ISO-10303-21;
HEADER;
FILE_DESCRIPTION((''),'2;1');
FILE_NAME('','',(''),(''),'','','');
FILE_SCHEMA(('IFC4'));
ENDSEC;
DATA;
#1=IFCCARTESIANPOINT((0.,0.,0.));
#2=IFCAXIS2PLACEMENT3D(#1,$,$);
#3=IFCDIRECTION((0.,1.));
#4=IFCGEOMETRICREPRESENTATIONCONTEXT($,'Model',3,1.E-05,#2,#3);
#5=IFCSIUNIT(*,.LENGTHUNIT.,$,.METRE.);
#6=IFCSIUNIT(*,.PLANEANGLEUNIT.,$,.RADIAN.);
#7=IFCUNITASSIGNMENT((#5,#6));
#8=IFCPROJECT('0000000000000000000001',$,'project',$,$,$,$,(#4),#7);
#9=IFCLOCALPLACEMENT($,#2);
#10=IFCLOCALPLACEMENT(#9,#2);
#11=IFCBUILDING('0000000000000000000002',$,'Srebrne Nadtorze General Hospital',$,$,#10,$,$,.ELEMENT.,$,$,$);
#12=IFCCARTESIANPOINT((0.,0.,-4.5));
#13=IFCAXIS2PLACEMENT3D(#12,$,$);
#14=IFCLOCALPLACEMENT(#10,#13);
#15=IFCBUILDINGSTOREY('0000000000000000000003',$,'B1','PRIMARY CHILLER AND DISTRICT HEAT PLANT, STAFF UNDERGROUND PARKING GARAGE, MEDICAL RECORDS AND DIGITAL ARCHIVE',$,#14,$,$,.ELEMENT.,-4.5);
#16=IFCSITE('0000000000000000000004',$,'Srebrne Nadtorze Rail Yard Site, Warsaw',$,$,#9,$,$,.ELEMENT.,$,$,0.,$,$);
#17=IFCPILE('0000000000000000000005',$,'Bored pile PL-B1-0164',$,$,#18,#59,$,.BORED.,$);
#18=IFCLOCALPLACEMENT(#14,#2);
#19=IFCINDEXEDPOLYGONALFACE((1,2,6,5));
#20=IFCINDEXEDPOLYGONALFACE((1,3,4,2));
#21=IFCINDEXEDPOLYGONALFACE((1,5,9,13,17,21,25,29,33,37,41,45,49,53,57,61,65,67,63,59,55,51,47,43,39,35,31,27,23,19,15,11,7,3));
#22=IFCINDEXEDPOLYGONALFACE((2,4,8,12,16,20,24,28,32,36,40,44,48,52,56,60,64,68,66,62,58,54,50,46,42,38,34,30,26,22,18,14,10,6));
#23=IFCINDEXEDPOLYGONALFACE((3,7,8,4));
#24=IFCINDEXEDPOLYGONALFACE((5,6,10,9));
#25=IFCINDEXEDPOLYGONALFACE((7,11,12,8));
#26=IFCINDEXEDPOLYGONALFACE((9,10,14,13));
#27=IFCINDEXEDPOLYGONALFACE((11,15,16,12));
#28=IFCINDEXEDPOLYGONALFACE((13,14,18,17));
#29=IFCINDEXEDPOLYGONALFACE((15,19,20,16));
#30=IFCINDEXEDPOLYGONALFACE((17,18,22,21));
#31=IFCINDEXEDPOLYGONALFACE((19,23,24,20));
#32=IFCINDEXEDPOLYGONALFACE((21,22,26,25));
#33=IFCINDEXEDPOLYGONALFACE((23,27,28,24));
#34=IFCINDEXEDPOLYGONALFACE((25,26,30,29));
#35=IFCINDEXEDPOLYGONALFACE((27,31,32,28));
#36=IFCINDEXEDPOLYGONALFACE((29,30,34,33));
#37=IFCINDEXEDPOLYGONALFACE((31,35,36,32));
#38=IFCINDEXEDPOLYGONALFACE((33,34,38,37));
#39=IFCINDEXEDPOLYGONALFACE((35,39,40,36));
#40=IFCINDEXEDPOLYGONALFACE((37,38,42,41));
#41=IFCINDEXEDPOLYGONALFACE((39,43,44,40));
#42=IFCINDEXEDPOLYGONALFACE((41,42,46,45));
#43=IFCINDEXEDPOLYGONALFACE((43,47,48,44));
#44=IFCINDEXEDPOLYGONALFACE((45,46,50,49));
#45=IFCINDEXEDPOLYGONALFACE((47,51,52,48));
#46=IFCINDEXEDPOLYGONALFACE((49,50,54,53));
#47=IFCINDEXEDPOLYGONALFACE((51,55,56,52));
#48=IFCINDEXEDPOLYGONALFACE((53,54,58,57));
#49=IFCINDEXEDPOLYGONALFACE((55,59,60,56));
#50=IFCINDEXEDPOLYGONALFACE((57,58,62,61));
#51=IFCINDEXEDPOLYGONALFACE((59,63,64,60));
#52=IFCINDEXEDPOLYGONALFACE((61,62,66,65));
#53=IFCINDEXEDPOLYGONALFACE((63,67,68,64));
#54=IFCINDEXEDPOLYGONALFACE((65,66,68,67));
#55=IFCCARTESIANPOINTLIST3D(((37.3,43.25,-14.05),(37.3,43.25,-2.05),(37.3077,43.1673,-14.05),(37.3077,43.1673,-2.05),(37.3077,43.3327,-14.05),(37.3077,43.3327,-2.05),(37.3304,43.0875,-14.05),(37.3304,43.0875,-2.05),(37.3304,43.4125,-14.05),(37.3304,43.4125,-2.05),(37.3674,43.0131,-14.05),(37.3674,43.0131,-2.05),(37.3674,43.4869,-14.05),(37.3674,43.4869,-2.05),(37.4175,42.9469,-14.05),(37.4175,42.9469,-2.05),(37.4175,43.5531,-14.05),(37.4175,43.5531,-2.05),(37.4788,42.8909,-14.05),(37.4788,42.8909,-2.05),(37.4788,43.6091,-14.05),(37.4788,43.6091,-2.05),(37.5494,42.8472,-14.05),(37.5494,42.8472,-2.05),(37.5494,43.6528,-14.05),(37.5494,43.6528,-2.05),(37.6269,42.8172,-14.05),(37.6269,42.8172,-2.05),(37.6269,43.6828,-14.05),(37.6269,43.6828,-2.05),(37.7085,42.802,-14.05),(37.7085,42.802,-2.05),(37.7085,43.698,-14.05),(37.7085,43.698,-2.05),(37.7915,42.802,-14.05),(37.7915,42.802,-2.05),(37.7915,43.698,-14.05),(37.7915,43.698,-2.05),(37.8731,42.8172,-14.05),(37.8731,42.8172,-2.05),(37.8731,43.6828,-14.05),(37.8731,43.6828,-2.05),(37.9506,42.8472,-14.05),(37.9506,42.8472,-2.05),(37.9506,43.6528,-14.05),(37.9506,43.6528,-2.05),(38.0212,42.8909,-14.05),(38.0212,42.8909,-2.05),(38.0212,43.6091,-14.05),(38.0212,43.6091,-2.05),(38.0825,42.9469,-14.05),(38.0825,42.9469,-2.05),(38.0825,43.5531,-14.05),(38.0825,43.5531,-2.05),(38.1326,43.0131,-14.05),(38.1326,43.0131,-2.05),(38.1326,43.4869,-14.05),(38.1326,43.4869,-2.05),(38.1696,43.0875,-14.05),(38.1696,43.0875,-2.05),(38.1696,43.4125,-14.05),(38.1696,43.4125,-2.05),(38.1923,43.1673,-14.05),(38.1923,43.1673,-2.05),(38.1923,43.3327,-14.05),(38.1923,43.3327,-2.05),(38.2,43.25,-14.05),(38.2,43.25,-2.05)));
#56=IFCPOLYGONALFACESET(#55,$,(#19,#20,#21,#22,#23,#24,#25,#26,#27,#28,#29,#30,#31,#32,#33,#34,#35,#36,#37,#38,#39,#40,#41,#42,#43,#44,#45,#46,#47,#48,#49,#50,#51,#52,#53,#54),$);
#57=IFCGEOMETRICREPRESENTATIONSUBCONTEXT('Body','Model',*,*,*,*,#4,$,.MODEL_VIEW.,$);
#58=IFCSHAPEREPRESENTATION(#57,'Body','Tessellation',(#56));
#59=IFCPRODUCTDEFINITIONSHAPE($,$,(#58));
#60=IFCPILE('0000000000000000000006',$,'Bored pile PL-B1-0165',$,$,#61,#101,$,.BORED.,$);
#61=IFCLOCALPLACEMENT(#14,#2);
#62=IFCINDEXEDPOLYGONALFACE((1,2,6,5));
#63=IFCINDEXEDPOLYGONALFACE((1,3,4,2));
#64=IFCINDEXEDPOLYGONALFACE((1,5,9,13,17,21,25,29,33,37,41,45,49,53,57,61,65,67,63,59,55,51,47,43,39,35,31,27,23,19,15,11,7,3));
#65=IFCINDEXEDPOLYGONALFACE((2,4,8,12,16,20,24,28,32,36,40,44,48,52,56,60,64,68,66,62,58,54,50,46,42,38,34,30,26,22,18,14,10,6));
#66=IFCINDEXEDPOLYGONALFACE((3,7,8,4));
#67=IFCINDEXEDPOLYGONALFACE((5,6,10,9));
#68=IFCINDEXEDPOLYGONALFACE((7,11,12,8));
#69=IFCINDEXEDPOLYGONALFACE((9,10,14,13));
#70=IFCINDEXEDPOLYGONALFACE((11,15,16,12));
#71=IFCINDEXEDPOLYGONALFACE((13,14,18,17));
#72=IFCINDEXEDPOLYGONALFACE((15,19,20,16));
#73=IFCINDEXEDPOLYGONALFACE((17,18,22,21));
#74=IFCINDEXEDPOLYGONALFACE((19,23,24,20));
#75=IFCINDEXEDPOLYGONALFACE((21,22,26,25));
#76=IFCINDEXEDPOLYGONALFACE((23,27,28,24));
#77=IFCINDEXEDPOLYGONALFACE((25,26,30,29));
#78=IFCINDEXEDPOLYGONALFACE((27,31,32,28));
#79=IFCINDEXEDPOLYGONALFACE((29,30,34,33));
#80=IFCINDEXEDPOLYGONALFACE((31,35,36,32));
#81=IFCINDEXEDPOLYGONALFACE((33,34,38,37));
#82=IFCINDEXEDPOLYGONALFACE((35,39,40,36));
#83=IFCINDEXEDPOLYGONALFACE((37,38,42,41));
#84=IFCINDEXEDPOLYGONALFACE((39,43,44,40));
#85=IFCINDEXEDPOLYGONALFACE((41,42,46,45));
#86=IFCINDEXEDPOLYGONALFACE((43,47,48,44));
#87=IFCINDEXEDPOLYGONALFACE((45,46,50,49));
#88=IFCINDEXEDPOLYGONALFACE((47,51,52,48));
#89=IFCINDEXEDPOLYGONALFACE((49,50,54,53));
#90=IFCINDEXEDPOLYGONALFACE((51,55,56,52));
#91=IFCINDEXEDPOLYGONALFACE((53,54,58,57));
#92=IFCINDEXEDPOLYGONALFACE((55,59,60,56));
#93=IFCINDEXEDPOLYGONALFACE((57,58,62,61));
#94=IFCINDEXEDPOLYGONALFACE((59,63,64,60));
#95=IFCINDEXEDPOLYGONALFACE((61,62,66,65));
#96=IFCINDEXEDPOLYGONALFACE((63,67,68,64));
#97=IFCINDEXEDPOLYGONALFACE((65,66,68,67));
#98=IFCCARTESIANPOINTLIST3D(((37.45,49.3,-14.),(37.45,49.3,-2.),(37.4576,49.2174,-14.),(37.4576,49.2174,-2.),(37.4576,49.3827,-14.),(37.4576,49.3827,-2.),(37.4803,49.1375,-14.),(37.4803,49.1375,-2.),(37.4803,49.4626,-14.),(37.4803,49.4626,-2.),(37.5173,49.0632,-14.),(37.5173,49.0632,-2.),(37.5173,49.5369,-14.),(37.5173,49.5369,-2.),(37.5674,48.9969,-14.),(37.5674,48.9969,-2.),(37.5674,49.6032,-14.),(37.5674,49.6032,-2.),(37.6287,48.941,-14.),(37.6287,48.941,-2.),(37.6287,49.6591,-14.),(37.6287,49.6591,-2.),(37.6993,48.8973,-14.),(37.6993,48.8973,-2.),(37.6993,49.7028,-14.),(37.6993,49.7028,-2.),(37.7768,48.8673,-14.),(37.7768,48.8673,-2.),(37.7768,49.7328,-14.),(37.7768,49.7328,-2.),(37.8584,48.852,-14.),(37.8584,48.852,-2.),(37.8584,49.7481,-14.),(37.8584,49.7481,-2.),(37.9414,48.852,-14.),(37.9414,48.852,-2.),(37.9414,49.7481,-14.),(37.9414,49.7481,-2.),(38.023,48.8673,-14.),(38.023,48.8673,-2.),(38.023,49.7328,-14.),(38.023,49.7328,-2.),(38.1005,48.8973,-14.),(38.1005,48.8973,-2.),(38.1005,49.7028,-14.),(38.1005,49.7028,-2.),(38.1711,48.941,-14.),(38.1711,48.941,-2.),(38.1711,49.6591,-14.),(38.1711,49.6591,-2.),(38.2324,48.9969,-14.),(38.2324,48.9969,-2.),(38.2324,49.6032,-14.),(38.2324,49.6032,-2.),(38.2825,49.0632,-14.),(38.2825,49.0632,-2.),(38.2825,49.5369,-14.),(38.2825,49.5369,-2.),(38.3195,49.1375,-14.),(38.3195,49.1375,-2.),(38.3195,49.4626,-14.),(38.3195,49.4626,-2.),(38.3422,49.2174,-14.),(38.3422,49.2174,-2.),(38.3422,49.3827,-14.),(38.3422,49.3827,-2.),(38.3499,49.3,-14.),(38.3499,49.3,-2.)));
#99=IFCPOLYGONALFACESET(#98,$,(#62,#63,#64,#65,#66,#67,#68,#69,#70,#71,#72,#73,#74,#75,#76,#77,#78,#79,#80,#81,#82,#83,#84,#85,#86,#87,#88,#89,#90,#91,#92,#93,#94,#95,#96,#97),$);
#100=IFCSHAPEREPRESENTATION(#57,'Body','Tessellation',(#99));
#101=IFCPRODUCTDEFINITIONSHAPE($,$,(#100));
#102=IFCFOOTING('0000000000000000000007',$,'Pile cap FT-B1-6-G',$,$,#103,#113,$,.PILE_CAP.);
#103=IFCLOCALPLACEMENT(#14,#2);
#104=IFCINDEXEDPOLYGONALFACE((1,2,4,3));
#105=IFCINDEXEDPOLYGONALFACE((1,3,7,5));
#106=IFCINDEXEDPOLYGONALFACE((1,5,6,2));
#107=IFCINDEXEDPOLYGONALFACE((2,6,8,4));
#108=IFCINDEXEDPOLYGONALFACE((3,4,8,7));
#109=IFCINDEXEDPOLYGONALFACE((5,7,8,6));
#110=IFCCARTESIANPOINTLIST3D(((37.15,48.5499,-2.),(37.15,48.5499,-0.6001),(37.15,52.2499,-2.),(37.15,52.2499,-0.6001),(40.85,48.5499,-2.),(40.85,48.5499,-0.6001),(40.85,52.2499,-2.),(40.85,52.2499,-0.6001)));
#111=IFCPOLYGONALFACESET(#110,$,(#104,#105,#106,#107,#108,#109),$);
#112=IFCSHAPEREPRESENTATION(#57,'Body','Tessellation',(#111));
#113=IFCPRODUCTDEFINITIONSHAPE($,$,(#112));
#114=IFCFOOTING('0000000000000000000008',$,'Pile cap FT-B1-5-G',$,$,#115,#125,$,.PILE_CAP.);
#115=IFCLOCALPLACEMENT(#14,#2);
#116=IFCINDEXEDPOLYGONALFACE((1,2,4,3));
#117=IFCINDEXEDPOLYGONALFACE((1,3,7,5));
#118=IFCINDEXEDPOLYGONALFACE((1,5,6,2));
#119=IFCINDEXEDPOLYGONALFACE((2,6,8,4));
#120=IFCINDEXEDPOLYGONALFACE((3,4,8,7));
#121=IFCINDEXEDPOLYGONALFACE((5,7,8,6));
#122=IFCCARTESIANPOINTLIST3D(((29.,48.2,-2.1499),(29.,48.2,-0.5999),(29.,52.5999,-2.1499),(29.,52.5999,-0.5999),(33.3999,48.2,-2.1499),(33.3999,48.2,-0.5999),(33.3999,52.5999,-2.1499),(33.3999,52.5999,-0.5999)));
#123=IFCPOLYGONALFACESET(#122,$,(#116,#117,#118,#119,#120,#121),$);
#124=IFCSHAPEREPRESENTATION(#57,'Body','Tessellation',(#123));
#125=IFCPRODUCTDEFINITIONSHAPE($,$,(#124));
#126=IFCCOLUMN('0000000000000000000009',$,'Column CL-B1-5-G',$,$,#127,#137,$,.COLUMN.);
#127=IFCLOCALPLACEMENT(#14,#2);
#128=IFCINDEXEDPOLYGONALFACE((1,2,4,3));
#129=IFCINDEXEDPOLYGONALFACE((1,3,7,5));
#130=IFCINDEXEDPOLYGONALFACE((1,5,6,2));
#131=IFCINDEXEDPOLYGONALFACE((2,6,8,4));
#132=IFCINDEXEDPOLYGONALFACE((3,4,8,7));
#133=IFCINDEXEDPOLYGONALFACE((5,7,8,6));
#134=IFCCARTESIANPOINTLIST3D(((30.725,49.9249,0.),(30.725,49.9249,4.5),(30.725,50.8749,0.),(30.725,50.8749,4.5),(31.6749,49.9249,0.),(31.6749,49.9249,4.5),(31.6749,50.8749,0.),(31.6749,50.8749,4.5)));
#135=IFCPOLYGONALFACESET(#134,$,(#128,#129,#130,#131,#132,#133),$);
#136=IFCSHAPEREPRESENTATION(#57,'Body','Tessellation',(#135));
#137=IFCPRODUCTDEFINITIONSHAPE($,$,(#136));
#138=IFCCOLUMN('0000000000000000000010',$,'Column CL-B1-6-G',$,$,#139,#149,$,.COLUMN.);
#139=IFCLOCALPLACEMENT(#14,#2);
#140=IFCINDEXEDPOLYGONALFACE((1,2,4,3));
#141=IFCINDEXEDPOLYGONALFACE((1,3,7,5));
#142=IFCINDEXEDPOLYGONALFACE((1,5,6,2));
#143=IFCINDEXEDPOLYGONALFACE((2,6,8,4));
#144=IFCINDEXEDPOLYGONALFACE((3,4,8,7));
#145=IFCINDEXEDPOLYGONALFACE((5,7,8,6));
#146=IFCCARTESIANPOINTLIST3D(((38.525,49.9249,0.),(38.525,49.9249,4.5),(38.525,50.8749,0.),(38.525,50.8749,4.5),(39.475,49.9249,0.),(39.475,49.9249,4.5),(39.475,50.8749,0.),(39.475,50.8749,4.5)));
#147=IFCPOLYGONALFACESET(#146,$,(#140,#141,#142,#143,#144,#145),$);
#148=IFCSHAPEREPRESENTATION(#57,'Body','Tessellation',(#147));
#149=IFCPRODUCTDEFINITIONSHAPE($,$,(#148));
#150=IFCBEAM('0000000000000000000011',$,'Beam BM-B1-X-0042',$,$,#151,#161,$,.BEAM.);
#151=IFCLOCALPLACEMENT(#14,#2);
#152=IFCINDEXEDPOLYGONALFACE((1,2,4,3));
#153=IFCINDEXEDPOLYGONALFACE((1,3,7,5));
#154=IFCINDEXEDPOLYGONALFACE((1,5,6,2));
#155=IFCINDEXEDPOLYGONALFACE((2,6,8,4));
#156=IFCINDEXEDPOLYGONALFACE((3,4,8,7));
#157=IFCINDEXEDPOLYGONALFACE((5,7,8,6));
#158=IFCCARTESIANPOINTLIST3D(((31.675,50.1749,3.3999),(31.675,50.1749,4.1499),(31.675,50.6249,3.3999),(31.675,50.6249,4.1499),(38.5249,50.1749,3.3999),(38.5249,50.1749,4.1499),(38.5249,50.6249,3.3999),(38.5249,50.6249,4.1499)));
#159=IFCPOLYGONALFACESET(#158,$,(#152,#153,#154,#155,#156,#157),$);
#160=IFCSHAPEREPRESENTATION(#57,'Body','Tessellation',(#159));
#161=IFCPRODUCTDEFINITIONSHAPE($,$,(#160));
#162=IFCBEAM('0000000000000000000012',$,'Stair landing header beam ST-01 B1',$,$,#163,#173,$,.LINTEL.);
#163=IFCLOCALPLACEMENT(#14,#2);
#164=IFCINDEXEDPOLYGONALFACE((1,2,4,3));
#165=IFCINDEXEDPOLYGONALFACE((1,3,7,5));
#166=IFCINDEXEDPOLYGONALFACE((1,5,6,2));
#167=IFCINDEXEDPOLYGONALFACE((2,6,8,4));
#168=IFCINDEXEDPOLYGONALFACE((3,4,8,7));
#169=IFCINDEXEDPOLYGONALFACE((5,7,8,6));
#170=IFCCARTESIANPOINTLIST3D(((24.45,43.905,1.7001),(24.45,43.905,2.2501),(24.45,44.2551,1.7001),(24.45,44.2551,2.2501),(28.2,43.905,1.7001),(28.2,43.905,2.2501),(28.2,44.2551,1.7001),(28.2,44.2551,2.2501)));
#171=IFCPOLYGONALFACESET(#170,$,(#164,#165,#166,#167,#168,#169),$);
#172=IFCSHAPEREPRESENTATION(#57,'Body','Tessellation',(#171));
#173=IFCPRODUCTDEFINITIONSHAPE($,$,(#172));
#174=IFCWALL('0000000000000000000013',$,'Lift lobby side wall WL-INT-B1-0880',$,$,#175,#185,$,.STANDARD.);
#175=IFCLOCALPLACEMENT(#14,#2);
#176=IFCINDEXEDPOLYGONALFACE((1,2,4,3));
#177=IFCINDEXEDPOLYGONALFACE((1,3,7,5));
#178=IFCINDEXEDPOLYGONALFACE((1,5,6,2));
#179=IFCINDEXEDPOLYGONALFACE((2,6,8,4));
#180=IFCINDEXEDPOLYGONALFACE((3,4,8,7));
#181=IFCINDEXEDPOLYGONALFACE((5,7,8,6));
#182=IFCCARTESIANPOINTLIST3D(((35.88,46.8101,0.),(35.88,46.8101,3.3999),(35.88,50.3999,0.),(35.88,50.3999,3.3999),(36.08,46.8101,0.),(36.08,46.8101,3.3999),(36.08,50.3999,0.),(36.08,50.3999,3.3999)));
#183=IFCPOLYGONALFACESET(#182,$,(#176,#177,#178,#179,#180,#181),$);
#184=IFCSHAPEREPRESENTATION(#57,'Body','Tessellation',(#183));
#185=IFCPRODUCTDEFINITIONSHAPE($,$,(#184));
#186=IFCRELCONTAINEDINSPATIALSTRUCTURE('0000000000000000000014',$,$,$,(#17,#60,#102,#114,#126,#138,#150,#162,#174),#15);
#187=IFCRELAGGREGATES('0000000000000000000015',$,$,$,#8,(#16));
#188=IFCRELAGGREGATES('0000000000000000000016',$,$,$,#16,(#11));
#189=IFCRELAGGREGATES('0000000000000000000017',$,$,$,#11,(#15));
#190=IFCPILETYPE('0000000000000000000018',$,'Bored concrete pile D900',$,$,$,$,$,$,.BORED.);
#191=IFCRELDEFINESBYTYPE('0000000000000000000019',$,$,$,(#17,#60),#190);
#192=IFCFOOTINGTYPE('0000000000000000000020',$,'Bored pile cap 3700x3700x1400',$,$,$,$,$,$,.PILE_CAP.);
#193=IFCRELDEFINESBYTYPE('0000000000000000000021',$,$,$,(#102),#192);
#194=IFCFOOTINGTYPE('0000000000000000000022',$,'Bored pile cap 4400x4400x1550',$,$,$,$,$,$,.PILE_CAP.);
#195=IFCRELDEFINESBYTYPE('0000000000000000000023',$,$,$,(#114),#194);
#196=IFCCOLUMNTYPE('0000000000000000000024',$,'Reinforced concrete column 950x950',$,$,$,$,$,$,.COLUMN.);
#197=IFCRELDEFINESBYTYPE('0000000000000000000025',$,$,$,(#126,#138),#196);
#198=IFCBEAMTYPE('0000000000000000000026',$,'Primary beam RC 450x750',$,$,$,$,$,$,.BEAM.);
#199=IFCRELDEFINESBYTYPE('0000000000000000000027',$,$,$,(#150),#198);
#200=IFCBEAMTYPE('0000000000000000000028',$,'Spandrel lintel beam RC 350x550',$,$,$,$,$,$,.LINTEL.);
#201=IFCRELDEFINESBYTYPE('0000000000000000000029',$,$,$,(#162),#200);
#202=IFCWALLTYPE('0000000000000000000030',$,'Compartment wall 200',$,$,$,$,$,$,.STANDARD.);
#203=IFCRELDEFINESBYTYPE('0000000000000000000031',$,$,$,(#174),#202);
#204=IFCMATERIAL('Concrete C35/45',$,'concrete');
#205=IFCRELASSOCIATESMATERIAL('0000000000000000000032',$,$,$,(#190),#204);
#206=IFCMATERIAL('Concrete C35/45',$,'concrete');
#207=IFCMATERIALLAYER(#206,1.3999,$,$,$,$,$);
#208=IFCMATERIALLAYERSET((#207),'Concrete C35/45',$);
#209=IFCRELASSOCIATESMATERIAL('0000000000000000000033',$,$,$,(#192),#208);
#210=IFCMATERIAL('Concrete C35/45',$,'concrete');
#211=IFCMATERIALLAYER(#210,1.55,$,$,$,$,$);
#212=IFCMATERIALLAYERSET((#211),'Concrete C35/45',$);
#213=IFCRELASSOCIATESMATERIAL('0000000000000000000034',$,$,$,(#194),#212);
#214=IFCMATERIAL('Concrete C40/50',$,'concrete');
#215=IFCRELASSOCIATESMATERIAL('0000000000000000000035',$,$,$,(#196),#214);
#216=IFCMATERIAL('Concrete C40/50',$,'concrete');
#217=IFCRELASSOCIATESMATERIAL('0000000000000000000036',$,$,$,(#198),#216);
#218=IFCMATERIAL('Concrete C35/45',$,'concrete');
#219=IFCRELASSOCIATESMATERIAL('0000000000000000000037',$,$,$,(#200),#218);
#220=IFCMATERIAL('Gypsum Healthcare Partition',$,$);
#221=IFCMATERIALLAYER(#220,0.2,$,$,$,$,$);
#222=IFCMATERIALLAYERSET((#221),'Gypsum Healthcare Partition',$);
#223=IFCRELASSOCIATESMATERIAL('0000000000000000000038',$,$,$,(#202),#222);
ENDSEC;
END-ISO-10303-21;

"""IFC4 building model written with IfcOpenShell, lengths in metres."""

from ifc_helpers import new_model, si_unit, direction, frame, frame_2d, origin, origin_2d, place, context, subcontext, project, spatial, rectangle, circle, extrude, material, layer, layer_set, material_profile, profile_set, type_object, element, save


model = new_model("IFC4")

# Units and contexts
model_context = context("Model", 3, precision=1e-05, world=origin(), true_north=direction((0.0, 1.0)))
body_context = subcontext(model_context, "Body", "Model", "MODEL_VIEW")
ifc_project = project(units=[si_unit("LENGTHUNIT", "METRE"), si_unit("PLANEANGLEUNIT", "RADIAN")], contexts=[model_context])

# Site, building, storey
site_placement = place(None, origin())
site = spatial("IfcSite", under=ifc_project, at=site_placement, Name="Srebrne Nadtorze Rail Yard Site, Warsaw", CompositionType="ELEMENT", RefElevation=0.0)
building_placement = place(site_placement, origin())
building = spatial("IfcBuilding", under=site, at=building_placement, Name="Srebrne Nadtorze General Hospital", CompositionType="ELEMENT")
storey_placement = place(building_placement, frame((0.0, 0.0, -4.5)))
storey = spatial("IfcBuildingStorey", under=building, at=storey_placement, Name="B1", Description="PRIMARY CHILLER AND DISTRICT HEAT PLANT, STAFF UNDERGROUND PARKING GARAGE, MEDICAL RECORDS AND DIGITAL ARCHIVE", CompositionType="ELEMENT", Elevation=-4.5)

# Piles
ifc_material_1 = material(Name="Concrete C35/45", Category="concrete")
ifc_material_profile_1 = material_profile(ifc_material_1, circle(Radius=0.45, at=origin_2d()), Name="PILE-D900")
ifc_profile_set_1 = profile_set([ifc_material_profile_1], Name="Concrete C35/45")
pile_type_1 = type_object("IfcPileType", Name="Bored concrete pile D900", PredefinedType="BORED", material=ifc_profile_set_1)
for number, where, z_axis, x_axis, name in (
    (1, (37.75, 43.25, -2.05), (0.0, 0.0, -1.0), (1.0, 0.0, 0.0), "Bored pile PL-B1-0164"),
    (2, (37.8999, 49.3, -2.0), (0.0, 0.0, -1.0), (1.0, 0.0, 0.0), "Bored pile PL-B1-0165"),
):
    element("IfcPile", number, at=place(storey_placement, frame(where, z_axis=z_axis, x_axis=x_axis)), inside=storey, type_object=pile_type_1, Name=name, PredefinedType="BORED", context=body_context, shape_type="SweptSolid", body=[
        extrude(circle(Radius=0.45, at=origin_2d()), origin(), (0.0, 0.0, 1.0), 12.0),
    ])

# Footings
ifc_material_2 = material(Name="Concrete C35/45", Category="concrete")
ifc_layer_1 = layer(ifc_material_2, 1.3999)
ifc_layer_set_1 = layer_set([ifc_layer_1], Name="Concrete C35/45")
footing_type_1 = type_object("IfcFootingType", Name="Bored pile cap 3700x3700x1400", PredefinedType="PILE_CAP", material=ifc_layer_set_1)
footing_1_placement = place(storey_placement, frame((39.0, 50.3999, -2.0), z_axis=(0.0, 0.0, 1.0), x_axis=(1.0, 0.0, 0.0)))
element("IfcFooting", 3, at=footing_1_placement, inside=storey, type_object=footing_type_1, Name="Pile cap FT-B1-6-G", PredefinedType="PILE_CAP", context=body_context, shape_type="SweptSolid", body=[
    extrude(rectangle(XDim=3.7, YDim=3.7, at=origin_2d()), origin(), (0.0, 0.0, 1.0), 1.3999),
])
ifc_material_3 = material(Name="Concrete C35/45", Category="concrete")
ifc_layer_2 = layer(ifc_material_3, 1.55)
ifc_layer_set_2 = layer_set([ifc_layer_2], Name="Concrete C35/45")
footing_type_2 = type_object("IfcFootingType", Name="Bored pile cap 4400x4400x1550", PredefinedType="PILE_CAP", material=ifc_layer_set_2)
footing_2_placement = place(storey_placement, frame((31.2, 50.3999, -2.1499), z_axis=(0.0, 0.0, 1.0), x_axis=(1.0, 0.0, 0.0)))
element("IfcFooting", 4, at=footing_2_placement, inside=storey, type_object=footing_type_2, Name="Pile cap FT-B1-5-G", PredefinedType="PILE_CAP", context=body_context, shape_type="SweptSolid", body=[
    extrude(rectangle(XDim=4.3999, YDim=4.3999, at=origin_2d()), origin(), (0.0, 0.0, 1.0), 1.55),
])

# Columns
ifc_material_4 = material(Name="Concrete C40/50", Category="concrete")
ifc_material_profile_2 = material_profile(ifc_material_4, rectangle(XDim=0.95, YDim=0.95, at=origin_2d()), Name="RC-COL-950x950")
ifc_profile_set_2 = profile_set([ifc_material_profile_2], Name="Concrete C40/50")
column_type = type_object("IfcColumnType", Name="Reinforced concrete column 950x950", PredefinedType="COLUMN", material=ifc_profile_set_2)
for number, where, z_axis, x_axis, name in (
    (5, (31.2, 50.3999, 0.0), (0.0, 0.0, 1.0), (1.0, 0.0, 0.0), "Column CL-B1-5-G"),
    (6, (39.0, 50.3999, 0.0), (0.0, 0.0, 1.0), (1.0, 0.0, 0.0), "Column CL-B1-6-G"),
):
    element("IfcColumn", number, at=place(storey_placement, frame(where, z_axis=z_axis, x_axis=x_axis)), inside=storey, type_object=column_type, Name=name, PredefinedType="COLUMN", context=body_context, shape_type="SweptSolid", body=[
        extrude(rectangle(XDim=0.95, YDim=0.95, at=origin_2d()), origin(), (0.0, 0.0, 1.0), 4.5),
    ])

# Beams
ifc_material_5 = material(Name="Concrete C40/50", Category="concrete")
ifc_material_profile_3 = material_profile(ifc_material_5, rectangle(XDim=0.45, YDim=0.75, at=origin_2d()), Name="RC-BM-450x750")
ifc_profile_set_3 = profile_set([ifc_material_profile_3], Name="Concrete C40/50")
beam_type_1 = type_object("IfcBeamType", Name="Primary beam RC 450x750", PredefinedType="BEAM", material=ifc_profile_set_3)
beam_1_placement = place(storey_placement, frame((31.675, 50.3999, 3.7749), z_axis=(1.0, 0.0, 0.0), x_axis=(0.0, 1.0, 0.0)))
element("IfcBeam", 7, at=beam_1_placement, inside=storey, type_object=beam_type_1, Name="Beam BM-B1-X-0042", PredefinedType="BEAM", context=body_context, shape_type="SweptSolid", body=[
    extrude(rectangle(XDim=0.45, YDim=0.75, at=origin_2d()), origin(), (0.0, 0.0, 1.0), 6.8499),
])
ifc_material_6 = material(Name="Concrete C35/45", Category="concrete")
ifc_material_profile_4 = material_profile(ifc_material_6, rectangle(XDim=0.3501, YDim=0.55, at=origin_2d()), Name="RC-BM-350x550")
ifc_profile_set_4 = profile_set([ifc_material_profile_4], Name="Concrete C35/45")
beam_type_2 = type_object("IfcBeamType", Name="Spandrel lintel beam RC 350x550", PredefinedType="LINTEL", material=ifc_profile_set_4)
beam_2_placement = place(storey_placement, frame((24.45, 44.0801, 1.9751), z_axis=(1.0, 0.0, 0.0), x_axis=(0.0, 1.0, 0.0)))
element("IfcBeam", 8, at=beam_2_placement, inside=storey, type_object=beam_type_2, Name="Stair landing header beam ST-01 B1", PredefinedType="LINTEL", context=body_context, shape_type="SweptSolid", body=[
    extrude(rectangle(XDim=0.3501, YDim=0.55, at=origin_2d()), origin(), (0.0, 0.0, 1.0), 3.75),
])

# Wall
ifc_material_7 = material(Name="Gypsum Healthcare Partition")
ifc_layer_3 = layer(ifc_material_7, 0.2)
ifc_layer_set_3 = layer_set([ifc_layer_3], Name="Gypsum Healthcare Partition")
wall_type_1 = type_object("IfcWallType", Name="Compartment wall 200", PredefinedType="STANDARD", material=ifc_layer_set_3)
wall_1_placement = place(storey_placement, frame((35.98, 46.8101, 0.0), z_axis=(0.0, 0.0, 1.0), x_axis=(0.0, 1.0, 0.0)))
element("IfcWall", 9, at=wall_1_placement, inside=storey, type_object=wall_type_1, Name="Lift lobby side wall WL-INT-B1-0880", PredefinedType="STANDARD", context=body_context, shape_type="SweptSolid", body=[
    extrude(rectangle(XDim=3.5898, YDim=0.2, at=frame_2d((1.7949, 0.0))), origin(), (0.0, 0.0, 1.0), 3.3999),
])

save(model, "model.ifc")
